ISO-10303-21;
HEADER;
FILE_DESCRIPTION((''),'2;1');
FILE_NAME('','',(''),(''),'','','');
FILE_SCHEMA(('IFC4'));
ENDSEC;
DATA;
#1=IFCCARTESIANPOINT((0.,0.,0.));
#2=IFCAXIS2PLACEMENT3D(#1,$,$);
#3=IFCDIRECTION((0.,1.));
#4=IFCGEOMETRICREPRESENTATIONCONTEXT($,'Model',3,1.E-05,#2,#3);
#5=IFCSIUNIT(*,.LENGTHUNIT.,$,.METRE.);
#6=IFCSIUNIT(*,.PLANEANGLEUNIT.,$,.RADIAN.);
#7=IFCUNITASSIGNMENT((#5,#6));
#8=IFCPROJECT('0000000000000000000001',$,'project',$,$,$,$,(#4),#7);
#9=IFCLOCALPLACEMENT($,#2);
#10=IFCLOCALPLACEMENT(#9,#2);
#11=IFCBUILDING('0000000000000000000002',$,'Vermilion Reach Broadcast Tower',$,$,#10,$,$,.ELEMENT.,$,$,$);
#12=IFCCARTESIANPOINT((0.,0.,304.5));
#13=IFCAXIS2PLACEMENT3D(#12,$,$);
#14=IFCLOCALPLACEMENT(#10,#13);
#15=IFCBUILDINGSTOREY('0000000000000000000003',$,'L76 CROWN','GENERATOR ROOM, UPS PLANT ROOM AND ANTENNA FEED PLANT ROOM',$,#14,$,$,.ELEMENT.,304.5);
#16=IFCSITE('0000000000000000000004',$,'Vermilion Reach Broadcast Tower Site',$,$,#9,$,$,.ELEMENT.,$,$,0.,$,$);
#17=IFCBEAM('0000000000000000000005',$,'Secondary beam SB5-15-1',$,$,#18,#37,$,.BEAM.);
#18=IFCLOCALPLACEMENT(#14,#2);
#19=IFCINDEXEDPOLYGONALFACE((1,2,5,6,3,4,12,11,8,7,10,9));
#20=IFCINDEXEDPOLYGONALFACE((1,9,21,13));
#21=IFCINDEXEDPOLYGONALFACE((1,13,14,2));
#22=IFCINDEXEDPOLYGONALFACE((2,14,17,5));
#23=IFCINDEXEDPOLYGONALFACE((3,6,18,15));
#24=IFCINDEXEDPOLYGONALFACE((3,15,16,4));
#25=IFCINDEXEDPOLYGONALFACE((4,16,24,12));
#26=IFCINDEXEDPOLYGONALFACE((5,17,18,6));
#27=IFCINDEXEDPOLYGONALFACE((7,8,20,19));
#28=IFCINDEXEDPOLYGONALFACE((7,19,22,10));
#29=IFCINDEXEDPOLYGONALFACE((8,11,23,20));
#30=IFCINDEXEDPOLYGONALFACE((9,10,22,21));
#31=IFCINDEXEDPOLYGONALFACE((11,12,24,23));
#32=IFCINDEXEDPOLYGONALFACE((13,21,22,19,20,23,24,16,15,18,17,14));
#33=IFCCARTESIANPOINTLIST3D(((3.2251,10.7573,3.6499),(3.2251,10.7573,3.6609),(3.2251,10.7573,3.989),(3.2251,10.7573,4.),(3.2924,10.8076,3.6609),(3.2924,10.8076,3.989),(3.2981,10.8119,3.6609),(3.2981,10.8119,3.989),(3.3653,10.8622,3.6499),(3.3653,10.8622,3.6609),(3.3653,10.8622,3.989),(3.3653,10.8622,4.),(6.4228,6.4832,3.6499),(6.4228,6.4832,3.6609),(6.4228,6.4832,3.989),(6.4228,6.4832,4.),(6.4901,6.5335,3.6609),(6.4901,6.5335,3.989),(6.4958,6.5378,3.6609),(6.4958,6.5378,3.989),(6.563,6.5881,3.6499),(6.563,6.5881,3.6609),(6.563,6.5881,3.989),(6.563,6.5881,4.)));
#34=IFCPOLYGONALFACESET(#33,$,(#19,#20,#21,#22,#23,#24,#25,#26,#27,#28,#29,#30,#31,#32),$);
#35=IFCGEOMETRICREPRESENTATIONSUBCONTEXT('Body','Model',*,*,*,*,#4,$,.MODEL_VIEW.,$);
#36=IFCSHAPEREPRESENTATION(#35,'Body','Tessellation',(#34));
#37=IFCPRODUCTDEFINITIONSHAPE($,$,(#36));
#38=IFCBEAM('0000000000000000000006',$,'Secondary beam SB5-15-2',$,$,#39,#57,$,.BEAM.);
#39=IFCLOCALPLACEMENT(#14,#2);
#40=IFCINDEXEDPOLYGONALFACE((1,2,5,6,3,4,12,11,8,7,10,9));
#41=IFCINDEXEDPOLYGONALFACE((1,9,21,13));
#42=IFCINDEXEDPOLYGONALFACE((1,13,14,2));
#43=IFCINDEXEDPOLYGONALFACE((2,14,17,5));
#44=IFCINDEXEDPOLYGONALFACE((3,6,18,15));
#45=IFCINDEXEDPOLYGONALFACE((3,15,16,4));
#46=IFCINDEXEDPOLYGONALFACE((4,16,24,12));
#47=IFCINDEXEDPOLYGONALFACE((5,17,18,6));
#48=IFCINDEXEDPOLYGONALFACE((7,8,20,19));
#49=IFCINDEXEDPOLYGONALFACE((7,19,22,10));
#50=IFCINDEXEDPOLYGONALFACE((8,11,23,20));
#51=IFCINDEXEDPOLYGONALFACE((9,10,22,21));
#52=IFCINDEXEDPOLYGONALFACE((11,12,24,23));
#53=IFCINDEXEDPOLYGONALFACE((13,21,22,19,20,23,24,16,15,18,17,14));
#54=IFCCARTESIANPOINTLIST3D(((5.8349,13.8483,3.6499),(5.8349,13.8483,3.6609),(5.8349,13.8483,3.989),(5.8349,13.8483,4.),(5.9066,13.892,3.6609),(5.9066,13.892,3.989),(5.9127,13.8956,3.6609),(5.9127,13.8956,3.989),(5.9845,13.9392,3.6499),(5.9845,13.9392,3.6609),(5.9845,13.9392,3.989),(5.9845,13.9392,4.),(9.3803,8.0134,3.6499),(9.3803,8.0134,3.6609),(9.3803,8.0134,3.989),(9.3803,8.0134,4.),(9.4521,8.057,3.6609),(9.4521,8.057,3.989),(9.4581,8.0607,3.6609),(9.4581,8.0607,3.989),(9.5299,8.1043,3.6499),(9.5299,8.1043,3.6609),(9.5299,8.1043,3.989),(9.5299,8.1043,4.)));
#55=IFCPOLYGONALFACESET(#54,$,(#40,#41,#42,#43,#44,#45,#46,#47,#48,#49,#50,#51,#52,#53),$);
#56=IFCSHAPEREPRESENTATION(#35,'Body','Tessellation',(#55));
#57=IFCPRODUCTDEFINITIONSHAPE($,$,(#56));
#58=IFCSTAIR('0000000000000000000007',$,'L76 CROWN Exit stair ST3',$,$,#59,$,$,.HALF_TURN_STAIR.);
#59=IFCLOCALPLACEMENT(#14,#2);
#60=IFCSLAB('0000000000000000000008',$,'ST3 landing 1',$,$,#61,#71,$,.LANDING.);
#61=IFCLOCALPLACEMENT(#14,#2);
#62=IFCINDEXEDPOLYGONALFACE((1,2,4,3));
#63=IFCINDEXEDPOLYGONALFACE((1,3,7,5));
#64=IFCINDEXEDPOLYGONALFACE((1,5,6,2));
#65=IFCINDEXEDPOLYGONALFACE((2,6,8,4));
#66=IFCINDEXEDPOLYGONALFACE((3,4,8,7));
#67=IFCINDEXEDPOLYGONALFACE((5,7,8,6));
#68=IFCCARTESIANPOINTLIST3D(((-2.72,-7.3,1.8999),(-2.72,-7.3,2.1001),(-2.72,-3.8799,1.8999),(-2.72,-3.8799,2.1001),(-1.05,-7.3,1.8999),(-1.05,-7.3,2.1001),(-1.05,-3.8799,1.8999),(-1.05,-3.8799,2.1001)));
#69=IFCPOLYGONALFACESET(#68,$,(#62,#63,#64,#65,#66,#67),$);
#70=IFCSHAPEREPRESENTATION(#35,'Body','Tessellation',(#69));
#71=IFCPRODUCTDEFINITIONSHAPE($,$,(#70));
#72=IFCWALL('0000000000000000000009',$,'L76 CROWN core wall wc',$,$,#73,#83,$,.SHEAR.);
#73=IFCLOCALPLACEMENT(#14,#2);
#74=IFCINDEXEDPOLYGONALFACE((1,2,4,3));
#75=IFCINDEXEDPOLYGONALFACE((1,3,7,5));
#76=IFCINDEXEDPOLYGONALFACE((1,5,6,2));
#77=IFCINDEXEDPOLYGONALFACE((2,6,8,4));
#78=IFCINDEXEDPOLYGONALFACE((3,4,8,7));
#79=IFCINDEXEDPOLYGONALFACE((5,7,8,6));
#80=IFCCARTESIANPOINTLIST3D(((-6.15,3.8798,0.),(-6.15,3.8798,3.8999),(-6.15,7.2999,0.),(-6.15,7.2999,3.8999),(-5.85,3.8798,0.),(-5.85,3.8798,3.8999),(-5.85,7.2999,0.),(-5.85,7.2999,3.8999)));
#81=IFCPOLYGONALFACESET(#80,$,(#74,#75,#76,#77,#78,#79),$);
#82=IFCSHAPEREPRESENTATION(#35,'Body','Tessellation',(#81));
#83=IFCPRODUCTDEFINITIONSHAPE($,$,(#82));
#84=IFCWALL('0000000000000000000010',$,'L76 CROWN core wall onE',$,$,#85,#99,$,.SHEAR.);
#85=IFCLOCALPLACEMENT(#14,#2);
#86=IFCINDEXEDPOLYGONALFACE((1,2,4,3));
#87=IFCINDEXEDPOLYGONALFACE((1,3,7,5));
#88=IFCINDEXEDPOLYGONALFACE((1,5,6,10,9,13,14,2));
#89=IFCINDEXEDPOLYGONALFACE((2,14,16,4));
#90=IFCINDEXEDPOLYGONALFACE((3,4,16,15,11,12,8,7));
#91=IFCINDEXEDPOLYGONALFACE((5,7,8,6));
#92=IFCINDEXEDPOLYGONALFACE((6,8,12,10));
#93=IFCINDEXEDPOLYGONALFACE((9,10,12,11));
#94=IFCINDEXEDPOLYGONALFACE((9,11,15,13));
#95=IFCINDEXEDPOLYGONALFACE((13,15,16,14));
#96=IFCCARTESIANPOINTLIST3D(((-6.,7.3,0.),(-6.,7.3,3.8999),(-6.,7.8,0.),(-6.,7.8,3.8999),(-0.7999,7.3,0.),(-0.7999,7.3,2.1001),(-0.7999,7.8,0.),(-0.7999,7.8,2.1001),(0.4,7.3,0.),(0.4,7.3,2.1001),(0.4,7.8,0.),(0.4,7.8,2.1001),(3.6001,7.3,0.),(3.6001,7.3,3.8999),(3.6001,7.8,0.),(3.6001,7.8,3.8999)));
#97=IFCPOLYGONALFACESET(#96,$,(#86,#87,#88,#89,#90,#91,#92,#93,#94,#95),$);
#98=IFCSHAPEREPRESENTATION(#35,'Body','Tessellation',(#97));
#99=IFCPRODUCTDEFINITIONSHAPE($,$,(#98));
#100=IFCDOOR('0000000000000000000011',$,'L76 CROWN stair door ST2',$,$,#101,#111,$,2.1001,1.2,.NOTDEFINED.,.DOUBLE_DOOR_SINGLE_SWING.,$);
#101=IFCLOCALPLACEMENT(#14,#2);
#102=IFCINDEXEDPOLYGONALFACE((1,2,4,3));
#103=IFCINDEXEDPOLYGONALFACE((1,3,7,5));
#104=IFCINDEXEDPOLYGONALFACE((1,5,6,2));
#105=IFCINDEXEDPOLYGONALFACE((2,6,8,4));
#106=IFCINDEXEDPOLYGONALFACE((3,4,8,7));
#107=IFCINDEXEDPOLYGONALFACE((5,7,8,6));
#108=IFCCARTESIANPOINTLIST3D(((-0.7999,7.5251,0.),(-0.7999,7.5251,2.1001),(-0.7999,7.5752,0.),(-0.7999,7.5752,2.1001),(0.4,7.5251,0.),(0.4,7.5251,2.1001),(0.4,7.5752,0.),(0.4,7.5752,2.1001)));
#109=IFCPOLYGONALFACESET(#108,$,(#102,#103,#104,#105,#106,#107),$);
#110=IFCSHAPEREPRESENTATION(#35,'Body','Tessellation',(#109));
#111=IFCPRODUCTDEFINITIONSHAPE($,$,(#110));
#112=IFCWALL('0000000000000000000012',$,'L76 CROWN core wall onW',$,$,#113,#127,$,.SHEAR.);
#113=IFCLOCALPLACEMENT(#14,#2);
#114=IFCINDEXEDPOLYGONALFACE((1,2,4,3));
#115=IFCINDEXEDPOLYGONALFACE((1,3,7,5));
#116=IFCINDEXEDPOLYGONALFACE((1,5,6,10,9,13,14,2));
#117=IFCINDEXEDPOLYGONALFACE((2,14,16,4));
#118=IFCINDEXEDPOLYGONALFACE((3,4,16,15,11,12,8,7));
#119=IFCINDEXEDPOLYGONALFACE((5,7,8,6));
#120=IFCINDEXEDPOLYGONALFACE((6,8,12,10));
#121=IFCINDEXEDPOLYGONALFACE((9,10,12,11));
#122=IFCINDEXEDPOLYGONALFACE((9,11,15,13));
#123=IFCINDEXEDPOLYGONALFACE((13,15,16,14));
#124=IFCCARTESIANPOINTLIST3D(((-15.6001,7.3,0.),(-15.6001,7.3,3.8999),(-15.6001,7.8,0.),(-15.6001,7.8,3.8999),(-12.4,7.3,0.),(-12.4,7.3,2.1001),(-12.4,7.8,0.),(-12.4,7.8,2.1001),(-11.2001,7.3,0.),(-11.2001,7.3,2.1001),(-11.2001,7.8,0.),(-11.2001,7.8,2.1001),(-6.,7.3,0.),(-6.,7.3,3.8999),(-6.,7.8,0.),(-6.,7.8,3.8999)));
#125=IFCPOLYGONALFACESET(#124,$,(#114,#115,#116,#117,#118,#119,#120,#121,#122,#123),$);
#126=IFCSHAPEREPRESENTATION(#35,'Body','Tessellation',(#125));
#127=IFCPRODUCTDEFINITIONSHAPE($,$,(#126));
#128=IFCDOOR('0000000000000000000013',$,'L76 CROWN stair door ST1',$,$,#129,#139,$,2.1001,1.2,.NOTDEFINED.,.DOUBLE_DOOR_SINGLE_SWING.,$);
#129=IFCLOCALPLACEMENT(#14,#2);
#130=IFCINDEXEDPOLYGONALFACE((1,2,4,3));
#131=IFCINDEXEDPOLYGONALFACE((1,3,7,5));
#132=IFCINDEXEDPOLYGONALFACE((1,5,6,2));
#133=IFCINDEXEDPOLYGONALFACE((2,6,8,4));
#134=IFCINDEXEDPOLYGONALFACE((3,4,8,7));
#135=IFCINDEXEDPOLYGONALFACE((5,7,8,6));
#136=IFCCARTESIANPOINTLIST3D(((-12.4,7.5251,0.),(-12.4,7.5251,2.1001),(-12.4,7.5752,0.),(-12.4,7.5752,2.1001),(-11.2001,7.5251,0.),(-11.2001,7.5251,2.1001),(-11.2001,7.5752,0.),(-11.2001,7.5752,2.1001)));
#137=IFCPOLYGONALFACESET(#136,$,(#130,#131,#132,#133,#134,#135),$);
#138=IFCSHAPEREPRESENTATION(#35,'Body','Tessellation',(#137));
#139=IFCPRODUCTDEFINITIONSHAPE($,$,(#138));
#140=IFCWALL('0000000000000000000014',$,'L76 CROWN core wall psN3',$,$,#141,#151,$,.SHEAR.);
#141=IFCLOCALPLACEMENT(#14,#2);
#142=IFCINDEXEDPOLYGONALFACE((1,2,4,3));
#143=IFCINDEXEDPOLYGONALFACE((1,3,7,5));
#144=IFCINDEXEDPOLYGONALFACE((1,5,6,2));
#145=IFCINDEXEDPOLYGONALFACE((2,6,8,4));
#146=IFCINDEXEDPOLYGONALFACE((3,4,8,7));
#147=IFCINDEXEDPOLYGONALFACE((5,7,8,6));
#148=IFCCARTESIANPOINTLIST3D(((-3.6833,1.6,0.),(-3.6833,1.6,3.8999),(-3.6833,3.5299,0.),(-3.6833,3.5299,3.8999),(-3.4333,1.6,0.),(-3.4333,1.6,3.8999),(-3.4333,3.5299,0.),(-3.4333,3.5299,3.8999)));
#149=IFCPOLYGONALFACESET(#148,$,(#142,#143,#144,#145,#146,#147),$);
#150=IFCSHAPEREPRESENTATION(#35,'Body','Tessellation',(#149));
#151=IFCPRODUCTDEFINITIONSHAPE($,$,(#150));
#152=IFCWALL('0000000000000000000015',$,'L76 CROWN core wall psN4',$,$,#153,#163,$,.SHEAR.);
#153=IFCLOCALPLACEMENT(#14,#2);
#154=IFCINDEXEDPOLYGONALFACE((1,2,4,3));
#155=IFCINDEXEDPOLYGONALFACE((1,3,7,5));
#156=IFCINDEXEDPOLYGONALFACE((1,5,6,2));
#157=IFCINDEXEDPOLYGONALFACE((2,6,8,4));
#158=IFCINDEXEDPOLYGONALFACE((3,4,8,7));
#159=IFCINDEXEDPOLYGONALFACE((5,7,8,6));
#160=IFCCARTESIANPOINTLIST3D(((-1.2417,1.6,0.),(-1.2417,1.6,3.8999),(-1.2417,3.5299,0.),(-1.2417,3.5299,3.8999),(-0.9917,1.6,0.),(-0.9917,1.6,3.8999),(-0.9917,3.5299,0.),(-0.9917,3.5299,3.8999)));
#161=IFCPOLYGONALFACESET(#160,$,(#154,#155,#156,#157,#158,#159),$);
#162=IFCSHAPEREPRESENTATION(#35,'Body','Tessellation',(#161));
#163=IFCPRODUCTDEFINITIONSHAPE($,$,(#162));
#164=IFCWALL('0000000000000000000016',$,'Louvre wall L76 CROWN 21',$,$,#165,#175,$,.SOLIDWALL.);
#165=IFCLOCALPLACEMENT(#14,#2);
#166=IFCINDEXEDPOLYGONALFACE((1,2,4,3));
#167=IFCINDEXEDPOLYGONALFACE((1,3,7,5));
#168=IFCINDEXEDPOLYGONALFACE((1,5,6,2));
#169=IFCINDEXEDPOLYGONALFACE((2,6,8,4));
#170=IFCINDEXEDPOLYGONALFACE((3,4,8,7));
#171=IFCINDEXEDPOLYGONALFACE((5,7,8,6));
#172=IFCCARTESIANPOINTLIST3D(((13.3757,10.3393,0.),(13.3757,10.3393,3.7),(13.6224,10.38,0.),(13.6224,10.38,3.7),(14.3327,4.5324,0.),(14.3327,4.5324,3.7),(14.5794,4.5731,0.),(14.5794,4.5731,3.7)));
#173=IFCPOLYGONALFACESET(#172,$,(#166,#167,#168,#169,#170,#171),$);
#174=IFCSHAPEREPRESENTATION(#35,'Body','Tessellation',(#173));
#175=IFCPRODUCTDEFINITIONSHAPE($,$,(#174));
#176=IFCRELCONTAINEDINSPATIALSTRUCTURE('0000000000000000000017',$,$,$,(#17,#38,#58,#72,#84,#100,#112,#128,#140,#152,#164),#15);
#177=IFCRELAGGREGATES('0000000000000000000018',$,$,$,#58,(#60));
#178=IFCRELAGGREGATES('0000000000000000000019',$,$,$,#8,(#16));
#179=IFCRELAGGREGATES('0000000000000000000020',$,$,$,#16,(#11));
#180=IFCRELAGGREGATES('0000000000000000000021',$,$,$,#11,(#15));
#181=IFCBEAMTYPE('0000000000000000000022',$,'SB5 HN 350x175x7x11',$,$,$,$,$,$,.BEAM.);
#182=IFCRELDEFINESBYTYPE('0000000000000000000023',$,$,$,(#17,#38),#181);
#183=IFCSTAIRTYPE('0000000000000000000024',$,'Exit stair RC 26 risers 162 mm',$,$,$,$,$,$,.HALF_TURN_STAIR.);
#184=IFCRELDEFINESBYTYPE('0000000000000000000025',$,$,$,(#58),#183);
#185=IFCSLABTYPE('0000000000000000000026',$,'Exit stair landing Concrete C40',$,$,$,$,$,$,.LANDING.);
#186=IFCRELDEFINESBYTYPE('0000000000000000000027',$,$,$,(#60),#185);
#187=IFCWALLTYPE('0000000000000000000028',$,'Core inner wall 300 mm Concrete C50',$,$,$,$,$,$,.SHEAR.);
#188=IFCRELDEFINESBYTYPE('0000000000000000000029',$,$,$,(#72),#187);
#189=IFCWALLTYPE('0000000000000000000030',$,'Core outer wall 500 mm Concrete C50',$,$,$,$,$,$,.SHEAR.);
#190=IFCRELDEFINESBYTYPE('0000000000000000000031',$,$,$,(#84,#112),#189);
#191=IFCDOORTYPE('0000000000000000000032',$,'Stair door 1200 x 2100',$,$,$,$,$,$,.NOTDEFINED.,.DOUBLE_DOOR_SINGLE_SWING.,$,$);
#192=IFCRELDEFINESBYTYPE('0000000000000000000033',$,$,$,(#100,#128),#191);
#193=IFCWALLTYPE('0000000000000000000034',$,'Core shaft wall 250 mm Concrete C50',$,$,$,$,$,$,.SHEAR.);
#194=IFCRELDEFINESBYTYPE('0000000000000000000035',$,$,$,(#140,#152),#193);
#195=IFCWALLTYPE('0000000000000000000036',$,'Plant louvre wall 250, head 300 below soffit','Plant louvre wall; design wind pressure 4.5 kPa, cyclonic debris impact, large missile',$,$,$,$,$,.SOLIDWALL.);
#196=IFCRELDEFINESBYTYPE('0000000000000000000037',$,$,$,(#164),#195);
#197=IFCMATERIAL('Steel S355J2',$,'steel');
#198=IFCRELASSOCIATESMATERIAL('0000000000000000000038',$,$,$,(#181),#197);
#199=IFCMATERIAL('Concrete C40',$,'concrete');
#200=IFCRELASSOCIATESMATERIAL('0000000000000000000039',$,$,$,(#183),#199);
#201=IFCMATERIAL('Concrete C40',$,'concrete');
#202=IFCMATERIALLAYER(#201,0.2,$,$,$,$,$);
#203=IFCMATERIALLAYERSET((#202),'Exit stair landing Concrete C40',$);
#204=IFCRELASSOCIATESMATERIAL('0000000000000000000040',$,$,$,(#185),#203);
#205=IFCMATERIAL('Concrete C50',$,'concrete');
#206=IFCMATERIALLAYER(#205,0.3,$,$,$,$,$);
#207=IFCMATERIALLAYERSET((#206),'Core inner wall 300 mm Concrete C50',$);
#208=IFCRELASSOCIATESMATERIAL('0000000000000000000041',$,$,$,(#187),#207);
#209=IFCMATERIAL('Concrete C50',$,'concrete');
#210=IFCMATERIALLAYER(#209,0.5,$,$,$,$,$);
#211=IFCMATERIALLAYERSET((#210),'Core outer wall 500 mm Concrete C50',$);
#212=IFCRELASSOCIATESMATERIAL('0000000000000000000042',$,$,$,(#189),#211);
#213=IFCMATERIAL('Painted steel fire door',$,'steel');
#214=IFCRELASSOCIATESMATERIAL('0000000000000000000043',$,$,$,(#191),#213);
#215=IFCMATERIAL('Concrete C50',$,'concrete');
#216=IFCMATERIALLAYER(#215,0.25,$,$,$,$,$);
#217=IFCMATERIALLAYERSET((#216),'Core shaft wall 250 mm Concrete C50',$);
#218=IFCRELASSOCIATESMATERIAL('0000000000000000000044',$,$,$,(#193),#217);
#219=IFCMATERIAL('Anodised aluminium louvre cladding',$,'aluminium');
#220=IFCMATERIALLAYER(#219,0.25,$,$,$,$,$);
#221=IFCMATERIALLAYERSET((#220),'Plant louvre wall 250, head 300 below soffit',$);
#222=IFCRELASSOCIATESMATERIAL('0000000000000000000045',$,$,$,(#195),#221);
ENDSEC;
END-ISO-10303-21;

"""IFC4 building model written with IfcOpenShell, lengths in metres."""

from ifc_helpers import new_model, si_unit, direction, frame, frame_2d, origin, origin_2d, place, context, subcontext, project, spatial, polyline, rectangle, i_section, outline, extrude, material, layer, layer_set, material_profile, profile_set, type_object, element, fill, aggregate, save


model = new_model("IFC4")

# Units and contexts
model_context = context("Model", 3, precision=1e-05, world=origin(), true_north=direction((0.0, 1.0)))
body_context = subcontext(model_context, "Body", "Model", "MODEL_VIEW")
ifc_project = project(units=[si_unit("LENGTHUNIT", "METRE"), si_unit("PLANEANGLEUNIT", "RADIAN")], contexts=[model_context])

# Site, building, storey
site_placement = place(None, origin())
site = spatial("IfcSite", under=ifc_project, at=site_placement, Name="Vermilion Reach Broadcast Tower Site", CompositionType="ELEMENT", RefElevation=0.0)
building_placement = place(site_placement, origin())
building = spatial("IfcBuilding", under=site, at=building_placement, Name="Vermilion Reach Broadcast Tower", CompositionType="ELEMENT")
storey_placement = place(building_placement, frame((0.0, 0.0, 304.5)))
storey = spatial("IfcBuildingStorey", under=building, at=storey_placement, Name="L76 CROWN", Description="GENERATOR ROOM, UPS PLANT ROOM AND ANTENNA FEED PLANT ROOM", CompositionType="ELEMENT", Elevation=304.5)

# Beams
ifc_material_1 = material(Name="Steel S355J2", Category="steel")
ifc_material_profile_1 = material_profile(ifc_material_1, i_section(OverallWidth=0.175, OverallDepth=0.3501, WebThickness=0.0071, FlangeThickness=0.011, at=origin_2d()), Name="S355J2 HN 350x175x7x11")
ifc_profile_set_1 = profile_set([ifc_material_profile_1], Name="Steel S355J2")
beam_type_1 = type_object("IfcBeamType", Name="SB5 HN 350x175x7x11", PredefinedType="BEAM", material=ifc_profile_set_1)
beam_1_placement = place(storey_placement, frame((6.4929, 6.5356, 3.825), z_axis=(-0.599056, 0.800707, 0.0), x_axis=(-0.800707, -0.599056, 0.0)))
element("IfcBeam", 1, at=beam_1_placement, inside=storey, type_object=beam_type_1, Name="Secondary beam SB5-15-1", PredefinedType="BEAM", context=body_context, shape_type="SweptSolid", body=[
    extrude(i_section(OverallWidth=0.175, OverallDepth=0.3501, WebThickness=0.0071, FlangeThickness=0.011, at=origin_2d()), origin(), (0.0, 0.0, 1.0), 5.3379),
])
beam_2_placement = place(storey_placement, frame((9.4551, 8.0588, 3.825), z_axis=(-0.519273, 0.854608, 0.0), x_axis=(-0.854608, -0.519273, 0.0)))
element("IfcBeam", 2, at=beam_2_placement, inside=storey, type_object=beam_type_1, Name="Secondary beam SB5-15-2", PredefinedType="BEAM", context=body_context, shape_type="SweptSolid", body=[
    extrude(i_section(OverallWidth=0.175, OverallDepth=0.3501, WebThickness=0.0071, FlangeThickness=0.011, at=origin_2d()), origin(), (0.0, 0.0, 1.0), 6.8276),
])

# Stair, slab
ifc_material_2 = material(Name="Concrete C40", Category="concrete")
stair_type = type_object("IfcStairType", Name="Exit stair RC 26 risers 162 mm", PredefinedType="HALF_TURN_STAIR", material=ifc_material_2)
placement = place(storey_placement, origin())
stair_1 = element("IfcStair", 3, at=placement, inside=storey, type_object=stair_type, Name="L76 CROWN Exit stair ST3", PredefinedType="HALF_TURN_STAIR")
ifc_material_3 = material(Name="Concrete C40", Category="concrete")
ifc_layer_1 = layer(ifc_material_3, 0.2)
ifc_layer_set_1 = layer_set([ifc_layer_1], Name="Exit stair landing Concrete C40")
slab_type = type_object("IfcSlabType", Name="Exit stair landing Concrete C40", PredefinedType="LANDING", material=ifc_layer_set_1)
slab_placement = place(storey_placement, frame((0.0, 0.0, 1.8999)))
slab = element("IfcSlab", 4, at=slab_placement, type_object=slab_type, Name="ST3 landing 1", PredefinedType="LANDING", context=body_context, shape_type="SweptSolid", body=[
    extrude(outline(polyline([(-2.72, -7.3), (-1.05, -7.3), (-1.05, -3.8799), (-2.72, -3.8799), (-2.72, -7.3)])), origin(), (0.0, 0.0, 1.0), 0.2002),
])
aggregate(stair_1, [slab])

# Wall
ifc_material_4 = material(Name="Concrete C50", Category="concrete")
ifc_layer_2 = layer(ifc_material_4, 0.3)
ifc_layer_set_2 = layer_set([ifc_layer_2], Name="Core inner wall 300 mm Concrete C50")
wall_type_1 = type_object("IfcWallType", Name="Core inner wall 300 mm Concrete C50", PredefinedType="SHEAR", material=ifc_layer_set_2)
wall_1_placement = place(storey_placement, frame((-6.0, 3.8799, 0.0), z_axis=(0.0, 0.0, 1.0), x_axis=(0.0, 1.0, 0.0)))
element("IfcWall", 5, at=wall_1_placement, inside=storey, type_object=wall_type_1, Name="L76 CROWN core wall wc", PredefinedType="SHEAR", context=body_context, shape_type="SweptSolid", body=[
    extrude(rectangle(XDim=3.4202, YDim=0.3, at=frame_2d((1.71, 0.0))), origin(), (0.0, 0.0, 1.0), 3.8999),
])

# Walls, openings, doors
ifc_material_5 = material(Name="Concrete C50", Category="concrete")
ifc_layer_3 = layer(ifc_material_5, 0.5)
ifc_layer_set_3 = layer_set([ifc_layer_3], Name="Core outer wall 500 mm Concrete C50")
wall_type_2 = type_object("IfcWallType", Name="Core outer wall 500 mm Concrete C50", PredefinedType="SHEAR", material=ifc_layer_set_3)
wall_2_placement = place(storey_placement, frame((3.6001, 7.55, 0.0), z_axis=(0.0, 0.0, 1.0), x_axis=(-1.0, 0.0, 0.0)))
wall_2 = element("IfcWall", 6, at=wall_2_placement, inside=storey, type_object=wall_type_2, Name="L76 CROWN core wall onE", PredefinedType="SHEAR", context=body_context, shape_type="SweptSolid", body=[
    extrude(rectangle(XDim=9.6001, YDim=0.5, at=frame_2d((4.8, 0.0))), origin(), (0.0, 0.0, 1.0), 3.8999),
])
opening_1_placement = place(wall_2_placement, frame((3.2, 0.0, 0.0)))
opening_1 = element("IfcOpeningElement", 7, at=opening_1_placement, cuts=wall_2, PredefinedType="OPENING", context=body_context, shape_type="SweptSolid", body=[
    extrude(rectangle(XDim=1.2, YDim=2.1001, at=frame_2d((0.6001, 1.05))), frame((0.0, 0.26, 0.0), z_axis=(0.0, -1.0, 0.0), x_axis=(1.0, 0.0, 0.0)), (0.0, 0.0, 1.0), 0.52),
])
ifc_material_6 = material(Name="Painted steel fire door", Category="steel")
door_type_1 = type_object("IfcDoorType", Name="Stair door 1200 x 2100", OperationType="DOUBLE_DOOR_SINGLE_SWING", PredefinedType="NOTDEFINED", material=ifc_material_6)
door_1_placement = place(opening_1_placement, origin())
door_1 = element("IfcDoor", 8, at=door_1_placement, inside=storey, type_object=door_type_1, Name="L76 CROWN stair door ST2", OperationType="DOUBLE_DOOR_SINGLE_SWING", OverallHeight=2.1001, OverallWidth=1.2, PredefinedType="NOTDEFINED", context=body_context, shape_type="SweptSolid", body=[
    extrude(rectangle(XDim=1.2, YDim=2.1001, at=frame_2d((0.6001, 1.05))), frame((0.0, 0.0249, 0.0), z_axis=(0.0, -1.0, 0.0), x_axis=(1.0, 0.0, 0.0)), (0.0, 0.0, 1.0), 0.05),
])
fill(opening_1, door_1)
wall_3_placement = place(storey_placement, frame((-6.0, 7.55, 0.0), z_axis=(0.0, 0.0, 1.0), x_axis=(-1.0, 0.0, 0.0)))
wall_3 = element("IfcWall", 9, at=wall_3_placement, inside=storey, type_object=wall_type_2, Name="L76 CROWN core wall onW", PredefinedType="SHEAR", context=body_context, shape_type="SweptSolid", body=[
    extrude(rectangle(XDim=9.6001, YDim=0.5, at=frame_2d((4.8, 0.0))), origin(), (0.0, 0.0, 1.0), 3.8999),
])
opening_2_placement = place(wall_3_placement, frame((5.2, 0.0, 0.0)))
opening_2 = element("IfcOpeningElement", 10, at=opening_2_placement, cuts=wall_3, PredefinedType="OPENING", context=body_context, shape_type="SweptSolid", body=[
    extrude(rectangle(XDim=1.2, YDim=2.1001, at=frame_2d((0.6001, 1.05))), frame((0.0, 0.26, 0.0), z_axis=(0.0, -1.0, 0.0), x_axis=(1.0, 0.0, 0.0)), (0.0, 0.0, 1.0), 0.52),
])
door_2_placement = place(opening_2_placement, origin())
door_2 = element("IfcDoor", 11, at=door_2_placement, inside=storey, type_object=door_type_1, Name="L76 CROWN stair door ST1", OperationType="DOUBLE_DOOR_SINGLE_SWING", OverallHeight=2.1001, OverallWidth=1.2, PredefinedType="NOTDEFINED", context=body_context, shape_type="SweptSolid", body=[
    extrude(rectangle(XDim=1.2, YDim=2.1001, at=frame_2d((0.6001, 1.05))), frame((0.0, 0.0249, 0.0), z_axis=(0.0, -1.0, 0.0), x_axis=(1.0, 0.0, 0.0)), (0.0, 0.0, 1.0), 0.05),
])
fill(opening_2, door_2)

# Walls
ifc_material_7 = material(Name="Concrete C50", Category="concrete")
ifc_layer_4 = layer(ifc_material_7, 0.25)
ifc_layer_set_4 = layer_set([ifc_layer_4], Name="Core shaft wall 250 mm Concrete C50")
wall_type_3 = type_object("IfcWallType", Name="Core shaft wall 250 mm Concrete C50", PredefinedType="SHEAR", material=ifc_layer_set_4)
for number, where, z_axis, x_axis, name in (
    (12, (-3.5583, 1.6001, 0.0), (0.0, 0.0, 1.0), (0.0, 1.0, 0.0), "L76 CROWN core wall psN3"),
    (13, (-1.1167, 1.6001, 0.0), (0.0, 0.0, 1.0), (0.0, 1.0, 0.0), "L76 CROWN core wall psN4"),
):
    element("IfcWall", number, at=place(storey_placement, frame(where, z_axis=z_axis, x_axis=x_axis)), inside=storey, type_object=wall_type_3, Name=name, PredefinedType="SHEAR", context=body_context, shape_type="SweptSolid", body=[
        extrude(rectangle(XDim=1.9299, YDim=0.25, at=frame_2d((0.9648, 0.0))), origin(), (0.0, 0.0, 1.0), 3.8999),
    ])
ifc_material_8 = material(Name="Anodised aluminium louvre cladding", Category="aluminium")
ifc_layer_5 = layer(ifc_material_8, 0.25)
ifc_layer_set_5 = layer_set([ifc_layer_5], Name="Plant louvre wall 250, head 300 below soffit")
wall_type_4 = type_object("IfcWallType", Name="Plant louvre wall 250, head 300 below soffit", Description="Plant louvre wall; design wind pressure 4.5 kPa, cyclonic debris impact, large missile", PredefinedType="SOLIDWALL", material=ifc_layer_set_5)
wall_4_placement = place(storey_placement, frame((14.4561, 4.5527, 0.0), z_axis=(0.0, 0.0, 1.0), x_axis=(-0.162616, 0.986689, 0.0)))
element("IfcWall", 14, at=wall_4_placement, inside=storey, type_object=wall_type_4, Name="Louvre wall L76 CROWN 21", PredefinedType="SOLIDWALL", context=body_context, shape_type="SweptSolid", body=[
    extrude(rectangle(XDim=5.8853, YDim=0.25, at=frame_2d((2.9426, 0.0))), origin(), (0.0, 0.0, 1.0), 3.7),
])

save(model, "model.ifc")
